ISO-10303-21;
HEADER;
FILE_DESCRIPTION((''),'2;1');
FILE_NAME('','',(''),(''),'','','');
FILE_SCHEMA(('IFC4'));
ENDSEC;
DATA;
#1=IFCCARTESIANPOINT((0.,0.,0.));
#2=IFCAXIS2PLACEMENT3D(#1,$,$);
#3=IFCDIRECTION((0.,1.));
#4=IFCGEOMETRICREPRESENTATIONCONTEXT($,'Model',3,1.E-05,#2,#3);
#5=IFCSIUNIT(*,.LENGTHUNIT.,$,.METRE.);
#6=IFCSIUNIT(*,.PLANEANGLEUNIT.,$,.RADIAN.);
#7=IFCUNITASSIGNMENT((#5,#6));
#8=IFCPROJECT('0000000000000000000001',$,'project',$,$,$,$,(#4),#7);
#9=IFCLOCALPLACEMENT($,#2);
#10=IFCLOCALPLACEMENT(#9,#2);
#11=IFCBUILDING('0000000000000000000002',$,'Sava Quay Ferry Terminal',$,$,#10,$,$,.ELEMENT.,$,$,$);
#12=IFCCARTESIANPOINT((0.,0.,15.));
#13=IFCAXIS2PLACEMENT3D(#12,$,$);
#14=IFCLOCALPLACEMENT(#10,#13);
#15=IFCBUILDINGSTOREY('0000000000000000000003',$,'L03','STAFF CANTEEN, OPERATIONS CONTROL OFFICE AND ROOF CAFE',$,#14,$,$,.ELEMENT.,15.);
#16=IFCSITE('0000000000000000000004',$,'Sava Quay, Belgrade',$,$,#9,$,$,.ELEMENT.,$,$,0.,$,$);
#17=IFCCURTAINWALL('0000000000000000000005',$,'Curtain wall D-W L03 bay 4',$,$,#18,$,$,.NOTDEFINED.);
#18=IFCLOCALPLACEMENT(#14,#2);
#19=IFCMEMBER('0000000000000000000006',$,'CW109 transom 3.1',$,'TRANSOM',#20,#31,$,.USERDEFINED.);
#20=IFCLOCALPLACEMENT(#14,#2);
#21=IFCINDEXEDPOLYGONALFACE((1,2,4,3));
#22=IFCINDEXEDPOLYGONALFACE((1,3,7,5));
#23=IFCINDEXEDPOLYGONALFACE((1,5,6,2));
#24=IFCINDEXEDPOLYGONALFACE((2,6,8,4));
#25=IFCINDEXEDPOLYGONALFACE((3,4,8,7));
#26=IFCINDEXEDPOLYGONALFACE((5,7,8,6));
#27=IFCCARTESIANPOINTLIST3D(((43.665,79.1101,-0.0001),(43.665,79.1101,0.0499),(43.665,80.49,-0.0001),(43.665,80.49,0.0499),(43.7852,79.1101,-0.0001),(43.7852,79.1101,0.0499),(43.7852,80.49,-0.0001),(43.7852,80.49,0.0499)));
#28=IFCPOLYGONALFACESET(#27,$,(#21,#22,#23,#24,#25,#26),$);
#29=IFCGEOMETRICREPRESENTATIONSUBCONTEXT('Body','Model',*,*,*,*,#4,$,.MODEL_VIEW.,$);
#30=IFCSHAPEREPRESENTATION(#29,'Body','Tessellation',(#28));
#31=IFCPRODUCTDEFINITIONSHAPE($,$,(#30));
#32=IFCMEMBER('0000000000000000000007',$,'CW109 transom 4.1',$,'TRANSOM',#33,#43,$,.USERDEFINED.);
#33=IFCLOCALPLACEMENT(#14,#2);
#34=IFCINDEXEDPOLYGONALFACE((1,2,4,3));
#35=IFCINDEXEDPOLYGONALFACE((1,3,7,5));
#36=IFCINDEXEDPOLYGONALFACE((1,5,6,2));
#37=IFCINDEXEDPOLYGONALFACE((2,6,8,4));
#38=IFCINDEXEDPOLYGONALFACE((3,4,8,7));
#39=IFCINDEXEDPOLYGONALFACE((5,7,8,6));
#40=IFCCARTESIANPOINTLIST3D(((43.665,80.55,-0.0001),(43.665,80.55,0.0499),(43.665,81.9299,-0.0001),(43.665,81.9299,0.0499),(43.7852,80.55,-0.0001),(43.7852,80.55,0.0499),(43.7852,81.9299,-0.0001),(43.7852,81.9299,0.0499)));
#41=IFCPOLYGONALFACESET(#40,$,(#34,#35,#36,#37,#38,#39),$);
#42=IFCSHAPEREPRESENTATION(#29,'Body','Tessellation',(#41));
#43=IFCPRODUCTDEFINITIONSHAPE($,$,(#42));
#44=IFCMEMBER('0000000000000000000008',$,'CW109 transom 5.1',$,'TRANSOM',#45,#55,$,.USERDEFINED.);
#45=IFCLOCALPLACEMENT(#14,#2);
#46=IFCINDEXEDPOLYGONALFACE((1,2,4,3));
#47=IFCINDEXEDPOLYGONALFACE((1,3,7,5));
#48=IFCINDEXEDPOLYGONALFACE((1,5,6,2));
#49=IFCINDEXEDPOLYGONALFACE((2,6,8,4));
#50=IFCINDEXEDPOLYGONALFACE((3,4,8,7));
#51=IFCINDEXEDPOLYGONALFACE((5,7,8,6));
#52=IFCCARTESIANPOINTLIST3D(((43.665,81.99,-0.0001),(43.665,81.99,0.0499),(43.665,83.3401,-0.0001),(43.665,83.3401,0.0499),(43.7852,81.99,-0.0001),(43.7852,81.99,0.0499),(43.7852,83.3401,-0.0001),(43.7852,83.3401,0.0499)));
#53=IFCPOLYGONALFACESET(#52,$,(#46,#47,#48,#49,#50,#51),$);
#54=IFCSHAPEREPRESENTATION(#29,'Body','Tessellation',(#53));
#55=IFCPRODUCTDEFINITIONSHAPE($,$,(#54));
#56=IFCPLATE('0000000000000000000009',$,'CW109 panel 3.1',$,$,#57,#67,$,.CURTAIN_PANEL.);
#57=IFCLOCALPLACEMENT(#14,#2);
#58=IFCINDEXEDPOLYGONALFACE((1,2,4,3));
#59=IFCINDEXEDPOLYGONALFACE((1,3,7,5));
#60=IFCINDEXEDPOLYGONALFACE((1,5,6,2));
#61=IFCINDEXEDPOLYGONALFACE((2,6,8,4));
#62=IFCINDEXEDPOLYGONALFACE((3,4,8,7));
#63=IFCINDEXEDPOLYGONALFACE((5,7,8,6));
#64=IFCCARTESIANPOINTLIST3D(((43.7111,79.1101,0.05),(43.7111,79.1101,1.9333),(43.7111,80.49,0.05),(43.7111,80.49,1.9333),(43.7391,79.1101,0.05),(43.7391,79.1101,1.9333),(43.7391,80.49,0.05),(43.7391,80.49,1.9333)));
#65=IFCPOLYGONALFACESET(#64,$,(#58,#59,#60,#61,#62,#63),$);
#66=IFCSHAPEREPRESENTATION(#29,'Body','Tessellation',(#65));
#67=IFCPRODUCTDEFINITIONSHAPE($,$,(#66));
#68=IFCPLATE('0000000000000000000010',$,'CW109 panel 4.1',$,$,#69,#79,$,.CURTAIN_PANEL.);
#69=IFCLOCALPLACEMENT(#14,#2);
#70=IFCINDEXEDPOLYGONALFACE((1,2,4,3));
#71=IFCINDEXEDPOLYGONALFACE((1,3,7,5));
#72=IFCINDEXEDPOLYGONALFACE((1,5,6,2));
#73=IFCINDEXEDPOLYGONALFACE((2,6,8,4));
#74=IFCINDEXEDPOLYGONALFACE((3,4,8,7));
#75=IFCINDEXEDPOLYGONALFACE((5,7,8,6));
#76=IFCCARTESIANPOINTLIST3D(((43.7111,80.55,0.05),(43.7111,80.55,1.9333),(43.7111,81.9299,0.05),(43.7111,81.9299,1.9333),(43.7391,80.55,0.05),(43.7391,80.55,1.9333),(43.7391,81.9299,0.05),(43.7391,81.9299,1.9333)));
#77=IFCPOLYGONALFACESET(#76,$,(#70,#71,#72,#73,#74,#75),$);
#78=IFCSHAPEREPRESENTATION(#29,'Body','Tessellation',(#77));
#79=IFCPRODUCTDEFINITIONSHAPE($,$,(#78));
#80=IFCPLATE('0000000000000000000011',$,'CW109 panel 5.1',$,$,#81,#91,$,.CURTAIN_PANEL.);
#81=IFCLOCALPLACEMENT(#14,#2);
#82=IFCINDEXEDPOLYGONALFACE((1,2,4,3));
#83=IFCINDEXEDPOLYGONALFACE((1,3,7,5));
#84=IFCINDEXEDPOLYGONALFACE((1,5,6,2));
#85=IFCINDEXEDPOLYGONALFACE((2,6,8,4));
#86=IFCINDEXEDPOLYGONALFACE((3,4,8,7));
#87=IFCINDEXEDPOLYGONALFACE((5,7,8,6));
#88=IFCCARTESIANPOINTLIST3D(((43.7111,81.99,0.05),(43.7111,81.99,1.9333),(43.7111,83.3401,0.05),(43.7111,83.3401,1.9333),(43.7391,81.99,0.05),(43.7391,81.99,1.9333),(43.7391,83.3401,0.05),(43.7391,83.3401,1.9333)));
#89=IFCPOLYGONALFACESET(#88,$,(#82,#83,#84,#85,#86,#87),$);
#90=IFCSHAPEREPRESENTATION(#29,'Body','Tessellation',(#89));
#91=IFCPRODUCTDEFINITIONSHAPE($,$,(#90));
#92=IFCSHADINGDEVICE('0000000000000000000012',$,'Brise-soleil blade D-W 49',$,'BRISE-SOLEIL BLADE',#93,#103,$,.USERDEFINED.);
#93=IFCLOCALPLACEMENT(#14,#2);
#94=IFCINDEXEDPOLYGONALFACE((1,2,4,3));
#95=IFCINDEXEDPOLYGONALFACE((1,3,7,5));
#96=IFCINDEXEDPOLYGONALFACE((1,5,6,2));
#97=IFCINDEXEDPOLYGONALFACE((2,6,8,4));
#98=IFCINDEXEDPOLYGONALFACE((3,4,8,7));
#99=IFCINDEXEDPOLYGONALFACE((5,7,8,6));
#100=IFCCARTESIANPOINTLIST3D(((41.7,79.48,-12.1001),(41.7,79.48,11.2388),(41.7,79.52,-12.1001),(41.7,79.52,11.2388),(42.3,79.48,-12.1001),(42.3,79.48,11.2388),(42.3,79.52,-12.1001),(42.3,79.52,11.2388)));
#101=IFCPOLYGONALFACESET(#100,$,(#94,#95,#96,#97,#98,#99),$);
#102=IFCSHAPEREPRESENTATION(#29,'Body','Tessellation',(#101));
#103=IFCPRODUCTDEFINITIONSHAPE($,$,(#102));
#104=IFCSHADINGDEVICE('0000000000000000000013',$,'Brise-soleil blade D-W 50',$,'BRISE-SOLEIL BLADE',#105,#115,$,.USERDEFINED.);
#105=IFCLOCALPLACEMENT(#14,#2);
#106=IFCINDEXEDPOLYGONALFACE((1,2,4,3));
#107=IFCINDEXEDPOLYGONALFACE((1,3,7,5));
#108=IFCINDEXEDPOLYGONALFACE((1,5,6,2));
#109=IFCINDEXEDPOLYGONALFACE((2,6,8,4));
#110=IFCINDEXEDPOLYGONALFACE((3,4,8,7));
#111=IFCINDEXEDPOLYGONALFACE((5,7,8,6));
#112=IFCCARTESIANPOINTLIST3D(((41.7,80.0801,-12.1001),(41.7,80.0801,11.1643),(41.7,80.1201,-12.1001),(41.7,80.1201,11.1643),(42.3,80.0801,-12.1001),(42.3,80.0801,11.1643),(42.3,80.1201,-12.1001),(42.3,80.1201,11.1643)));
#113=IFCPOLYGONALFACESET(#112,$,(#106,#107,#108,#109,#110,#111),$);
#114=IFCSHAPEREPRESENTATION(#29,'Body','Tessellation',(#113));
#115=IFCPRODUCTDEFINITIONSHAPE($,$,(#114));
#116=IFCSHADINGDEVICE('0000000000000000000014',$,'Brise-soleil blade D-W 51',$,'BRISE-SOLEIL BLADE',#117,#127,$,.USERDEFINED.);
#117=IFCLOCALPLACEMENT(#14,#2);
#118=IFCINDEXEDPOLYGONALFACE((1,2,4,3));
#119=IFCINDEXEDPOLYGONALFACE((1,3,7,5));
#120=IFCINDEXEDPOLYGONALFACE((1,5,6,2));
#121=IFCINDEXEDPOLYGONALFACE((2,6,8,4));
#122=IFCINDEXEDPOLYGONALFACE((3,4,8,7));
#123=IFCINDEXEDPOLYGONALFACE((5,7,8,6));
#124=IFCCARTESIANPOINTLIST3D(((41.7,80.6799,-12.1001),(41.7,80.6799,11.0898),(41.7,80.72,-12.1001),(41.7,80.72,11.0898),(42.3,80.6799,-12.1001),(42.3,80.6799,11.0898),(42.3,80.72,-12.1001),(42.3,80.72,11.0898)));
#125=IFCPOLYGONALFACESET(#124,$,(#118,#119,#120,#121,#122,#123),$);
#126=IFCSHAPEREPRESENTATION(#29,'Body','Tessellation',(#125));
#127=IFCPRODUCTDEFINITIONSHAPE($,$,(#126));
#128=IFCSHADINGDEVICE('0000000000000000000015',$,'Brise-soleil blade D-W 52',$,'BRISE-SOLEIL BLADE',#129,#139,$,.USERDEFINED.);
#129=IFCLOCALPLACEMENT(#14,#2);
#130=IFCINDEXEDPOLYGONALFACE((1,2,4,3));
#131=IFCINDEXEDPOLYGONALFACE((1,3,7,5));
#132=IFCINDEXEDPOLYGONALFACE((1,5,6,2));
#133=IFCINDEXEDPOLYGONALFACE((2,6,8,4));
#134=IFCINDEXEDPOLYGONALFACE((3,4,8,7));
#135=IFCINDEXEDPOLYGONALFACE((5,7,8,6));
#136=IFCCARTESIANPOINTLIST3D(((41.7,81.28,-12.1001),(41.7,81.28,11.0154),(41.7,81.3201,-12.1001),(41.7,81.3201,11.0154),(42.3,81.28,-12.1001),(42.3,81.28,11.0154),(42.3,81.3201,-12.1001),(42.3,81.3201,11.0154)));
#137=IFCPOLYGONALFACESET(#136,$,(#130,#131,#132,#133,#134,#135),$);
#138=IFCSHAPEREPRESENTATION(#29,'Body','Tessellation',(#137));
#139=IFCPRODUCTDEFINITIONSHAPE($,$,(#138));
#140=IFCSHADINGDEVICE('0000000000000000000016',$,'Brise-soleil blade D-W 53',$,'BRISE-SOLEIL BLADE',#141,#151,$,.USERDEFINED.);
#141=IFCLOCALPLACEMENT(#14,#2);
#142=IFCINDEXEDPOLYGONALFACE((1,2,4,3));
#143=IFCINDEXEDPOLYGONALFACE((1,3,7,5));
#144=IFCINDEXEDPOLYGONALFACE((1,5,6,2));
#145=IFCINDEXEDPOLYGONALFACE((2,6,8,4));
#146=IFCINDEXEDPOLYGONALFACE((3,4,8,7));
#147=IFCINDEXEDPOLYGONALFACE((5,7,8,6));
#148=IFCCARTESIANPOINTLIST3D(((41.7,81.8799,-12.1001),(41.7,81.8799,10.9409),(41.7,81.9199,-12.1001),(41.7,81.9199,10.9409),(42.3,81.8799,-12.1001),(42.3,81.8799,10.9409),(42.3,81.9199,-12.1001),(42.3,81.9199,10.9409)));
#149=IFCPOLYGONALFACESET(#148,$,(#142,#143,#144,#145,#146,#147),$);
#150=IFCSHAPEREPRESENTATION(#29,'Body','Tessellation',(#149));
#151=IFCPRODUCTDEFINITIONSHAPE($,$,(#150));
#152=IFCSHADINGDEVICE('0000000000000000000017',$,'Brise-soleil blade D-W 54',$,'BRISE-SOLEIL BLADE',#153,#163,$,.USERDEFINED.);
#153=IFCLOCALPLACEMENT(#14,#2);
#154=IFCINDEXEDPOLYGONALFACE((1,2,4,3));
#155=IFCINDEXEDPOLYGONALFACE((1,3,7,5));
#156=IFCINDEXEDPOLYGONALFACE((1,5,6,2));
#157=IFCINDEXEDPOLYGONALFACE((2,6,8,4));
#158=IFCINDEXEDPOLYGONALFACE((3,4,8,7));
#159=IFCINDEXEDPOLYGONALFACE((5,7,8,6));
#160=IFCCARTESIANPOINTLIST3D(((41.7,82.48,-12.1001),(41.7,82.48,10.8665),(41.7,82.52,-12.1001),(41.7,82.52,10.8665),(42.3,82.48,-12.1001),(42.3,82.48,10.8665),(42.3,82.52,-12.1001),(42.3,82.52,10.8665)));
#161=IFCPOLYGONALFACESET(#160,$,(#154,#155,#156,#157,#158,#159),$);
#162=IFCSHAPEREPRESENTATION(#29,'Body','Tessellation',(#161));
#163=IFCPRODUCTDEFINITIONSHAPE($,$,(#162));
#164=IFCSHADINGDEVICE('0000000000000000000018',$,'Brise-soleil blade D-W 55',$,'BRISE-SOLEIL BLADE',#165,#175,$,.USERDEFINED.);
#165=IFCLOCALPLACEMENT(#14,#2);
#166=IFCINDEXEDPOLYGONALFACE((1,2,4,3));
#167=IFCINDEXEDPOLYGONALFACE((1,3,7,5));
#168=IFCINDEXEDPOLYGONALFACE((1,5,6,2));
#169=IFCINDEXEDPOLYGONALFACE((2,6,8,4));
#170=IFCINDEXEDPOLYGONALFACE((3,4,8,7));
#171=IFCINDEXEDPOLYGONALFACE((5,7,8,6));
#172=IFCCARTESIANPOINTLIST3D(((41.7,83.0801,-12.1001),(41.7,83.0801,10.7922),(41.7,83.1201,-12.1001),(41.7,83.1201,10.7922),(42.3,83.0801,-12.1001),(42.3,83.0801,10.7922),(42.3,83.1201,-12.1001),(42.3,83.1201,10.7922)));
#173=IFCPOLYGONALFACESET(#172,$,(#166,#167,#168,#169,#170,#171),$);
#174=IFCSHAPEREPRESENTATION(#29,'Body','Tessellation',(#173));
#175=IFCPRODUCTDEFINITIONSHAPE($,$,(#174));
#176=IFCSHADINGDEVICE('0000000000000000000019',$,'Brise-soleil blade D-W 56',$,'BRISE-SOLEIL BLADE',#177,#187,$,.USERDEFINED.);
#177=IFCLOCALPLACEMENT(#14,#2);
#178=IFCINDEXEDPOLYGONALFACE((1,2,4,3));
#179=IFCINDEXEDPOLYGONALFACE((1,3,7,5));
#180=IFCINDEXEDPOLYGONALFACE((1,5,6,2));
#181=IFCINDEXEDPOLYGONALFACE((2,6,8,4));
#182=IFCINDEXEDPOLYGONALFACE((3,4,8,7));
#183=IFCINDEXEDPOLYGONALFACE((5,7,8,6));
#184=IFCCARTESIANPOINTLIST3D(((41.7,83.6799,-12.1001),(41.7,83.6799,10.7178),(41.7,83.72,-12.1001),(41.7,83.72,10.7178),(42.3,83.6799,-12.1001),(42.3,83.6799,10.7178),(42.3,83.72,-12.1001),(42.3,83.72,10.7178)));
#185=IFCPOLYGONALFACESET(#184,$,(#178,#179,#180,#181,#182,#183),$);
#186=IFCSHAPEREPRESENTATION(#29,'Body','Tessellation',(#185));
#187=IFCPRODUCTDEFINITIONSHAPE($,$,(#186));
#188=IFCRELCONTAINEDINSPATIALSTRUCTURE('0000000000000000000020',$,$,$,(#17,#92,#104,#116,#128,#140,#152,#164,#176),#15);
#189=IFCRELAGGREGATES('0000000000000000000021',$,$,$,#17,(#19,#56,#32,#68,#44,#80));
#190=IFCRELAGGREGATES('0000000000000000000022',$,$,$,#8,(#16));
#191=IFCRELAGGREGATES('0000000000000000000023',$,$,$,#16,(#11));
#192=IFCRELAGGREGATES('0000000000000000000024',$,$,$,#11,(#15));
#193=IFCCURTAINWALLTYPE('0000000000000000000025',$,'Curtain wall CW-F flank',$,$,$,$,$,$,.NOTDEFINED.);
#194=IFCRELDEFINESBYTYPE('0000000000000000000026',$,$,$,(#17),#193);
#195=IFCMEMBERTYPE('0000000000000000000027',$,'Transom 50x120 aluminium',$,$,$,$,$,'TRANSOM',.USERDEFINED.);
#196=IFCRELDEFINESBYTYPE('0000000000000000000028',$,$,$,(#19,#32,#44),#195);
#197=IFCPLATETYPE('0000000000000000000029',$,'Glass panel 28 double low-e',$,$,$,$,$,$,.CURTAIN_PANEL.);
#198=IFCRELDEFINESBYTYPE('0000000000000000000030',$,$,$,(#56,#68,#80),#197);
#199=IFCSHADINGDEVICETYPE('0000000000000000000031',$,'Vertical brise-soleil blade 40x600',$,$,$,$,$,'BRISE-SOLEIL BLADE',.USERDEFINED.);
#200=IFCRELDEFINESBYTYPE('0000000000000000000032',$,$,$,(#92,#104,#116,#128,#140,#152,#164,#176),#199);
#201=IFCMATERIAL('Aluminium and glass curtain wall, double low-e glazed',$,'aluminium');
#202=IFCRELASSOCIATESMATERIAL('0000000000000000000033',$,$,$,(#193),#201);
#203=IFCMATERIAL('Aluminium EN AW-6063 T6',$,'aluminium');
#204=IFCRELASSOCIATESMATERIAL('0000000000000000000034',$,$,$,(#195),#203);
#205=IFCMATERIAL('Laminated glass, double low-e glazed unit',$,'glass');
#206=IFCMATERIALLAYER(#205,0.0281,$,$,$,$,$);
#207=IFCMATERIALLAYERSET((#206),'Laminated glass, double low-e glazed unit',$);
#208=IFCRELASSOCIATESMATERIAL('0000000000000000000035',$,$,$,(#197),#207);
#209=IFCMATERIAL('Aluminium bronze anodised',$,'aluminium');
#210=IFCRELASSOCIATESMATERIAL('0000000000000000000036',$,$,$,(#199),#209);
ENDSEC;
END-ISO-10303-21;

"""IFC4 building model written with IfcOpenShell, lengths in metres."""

from ifc_helpers import new_model, si_unit, direction, frame, origin, origin_2d, place, context, subcontext, project, spatial, rectangle, extrude, material, layer, layer_set, material_profile, profile_set, type_object, element, aggregate, save


model = new_model("IFC4")

# Units and contexts
model_context = context("Model", 3, precision=1e-05, world=origin(), true_north=direction((0.0, 1.0)))
body_context = subcontext(model_context, "Body", "Model", "MODEL_VIEW")
ifc_project = project(units=[si_unit("LENGTHUNIT", "METRE"), si_unit("PLANEANGLEUNIT", "RADIAN")], contexts=[model_context])

# Site, building, storey
site_placement = place(None, origin())
site = spatial("IfcSite", under=ifc_project, at=site_placement, Name="Sava Quay, Belgrade", CompositionType="ELEMENT", RefElevation=0.0)
building_placement = place(site_placement, origin())
building = spatial("IfcBuilding", under=site, at=building_placement, Name="Sava Quay Ferry Terminal", CompositionType="ELEMENT")
storey_placement = place(building_placement, frame((0.0, 0.0, 15.0)))
storey = spatial("IfcBuildingStorey", under=building, at=storey_placement, Name="L03", Description="STAFF CANTEEN, OPERATIONS CONTROL OFFICE AND ROOF CAFE", CompositionType="ELEMENT", Elevation=15.0)

# Curtain wall, members, plates
ifc_material_1 = material(Name="Aluminium and glass curtain wall, double low-e glazed", Category="aluminium")
curtain_wall_type = type_object("IfcCurtainWallType", Name="Curtain wall CW-F flank", PredefinedType="NOTDEFINED", material=ifc_material_1)
curtain_wall_placement = place(storey_placement, origin())
curtain_wall = element("IfcCurtainWall", 1, at=curtain_wall_placement, inside=storey, type_object=curtain_wall_type, Name="Curtain wall D-W L03 bay 4", PredefinedType="NOTDEFINED")
ifc_material_2 = material(Name="Aluminium EN AW-6063 T6", Category="aluminium")
ifc_material_profile_1 = material_profile(ifc_material_2, rectangle(XDim=0.1201, YDim=0.05, at=origin_2d()), Name="Transom 50x120 aluminium")
ifc_profile_set_1 = profile_set([ifc_material_profile_1], Name="Aluminium EN AW-6063 T6")
member_type_1 = type_object("IfcMemberType", Name="Transom 50x120 aluminium", ElementType="TRANSOM", PredefinedType="USERDEFINED", material=ifc_profile_set_1)
member_1_placement = place(storey_placement, frame((43.7251, 79.1101, 0.0249), z_axis=(0.0, 1.0, 0.0), x_axis=(-1.0, 0.0, 0.0)))
member_1 = element("IfcMember", 2, at=member_1_placement, type_object=member_type_1, Name="CW109 transom 3.1", ObjectType="TRANSOM", PredefinedType="USERDEFINED", context=body_context, shape_type="SweptSolid", body=[
    extrude(rectangle(XDim=0.1201, YDim=0.05, at=origin_2d()), origin(), (0.0, 0.0, 1.0), 1.3799),
])
member_2_placement = place(storey_placement, frame((43.7251, 80.55, 0.0249), z_axis=(0.0, 1.0, 0.0), x_axis=(-1.0, 0.0, 0.0)))
member_2 = element("IfcMember", 3, at=member_2_placement, type_object=member_type_1, Name="CW109 transom 4.1", ObjectType="TRANSOM", PredefinedType="USERDEFINED", context=body_context, shape_type="SweptSolid", body=[
    extrude(rectangle(XDim=0.1201, YDim=0.05, at=origin_2d()), origin(), (0.0, 0.0, 1.0), 1.3799),
])
member_3_placement = place(storey_placement, frame((43.7251, 81.99, 0.0249), z_axis=(0.0, 1.0, 0.0), x_axis=(-1.0, 0.0, 0.0)))
member_3 = element("IfcMember", 4, at=member_3_placement, type_object=member_type_1, Name="CW109 transom 5.1", ObjectType="TRANSOM", PredefinedType="USERDEFINED", context=body_context, shape_type="SweptSolid", body=[
    extrude(rectangle(XDim=0.1201, YDim=0.05, at=origin_2d()), origin(), (0.0, 0.0, 1.0), 1.3501),
])
ifc_material_3 = material(Name="Laminated glass, double low-e glazed unit", Category="glass")
ifc_layer = layer(ifc_material_3, 0.0281)
ifc_layer_set = layer_set([ifc_layer], Name="Laminated glass, double low-e glazed unit")
plate_type = type_object("IfcPlateType", Name="Glass panel 28 double low-e", PredefinedType="CURTAIN_PANEL", material=ifc_layer_set)
plate_1_placement = place(storey_placement, frame((43.7251, 79.8, 0.05), z_axis=(0.0, 0.0, 1.0), x_axis=(0.0, 1.0, 0.0)))
plate_1 = element("IfcPlate", 5, at=plate_1_placement, type_object=plate_type, Name="CW109 panel 3.1", PredefinedType="CURTAIN_PANEL", context=body_context, shape_type="SweptSolid", body=[
    extrude(rectangle(XDim=1.3799, YDim=0.0281, at=origin_2d()), origin(), (0.0, 0.0, 1.0), 1.8833),
])
plate_2_placement = place(storey_placement, frame((43.7251, 81.24, 0.05), z_axis=(0.0, 0.0, 1.0), x_axis=(0.0, 1.0, 0.0)))
plate_2 = element("IfcPlate", 6, at=plate_2_placement, type_object=plate_type, Name="CW109 panel 4.1", PredefinedType="CURTAIN_PANEL", context=body_context, shape_type="SweptSolid", body=[
    extrude(rectangle(XDim=1.3799, YDim=0.0281, at=origin_2d()), origin(), (0.0, 0.0, 1.0), 1.8833),
])
plate_3_placement = place(storey_placement, frame((43.7251, 82.665, 0.05), z_axis=(0.0, 0.0, 1.0), x_axis=(0.0, 1.0, 0.0)))
plate_3 = element("IfcPlate", 7, at=plate_3_placement, type_object=plate_type, Name="CW109 panel 5.1", PredefinedType="CURTAIN_PANEL", context=body_context, shape_type="SweptSolid", body=[
    extrude(rectangle(XDim=1.3501, YDim=0.0281, at=origin_2d()), origin(), (0.0, 0.0, 1.0), 1.8833),
])
aggregate(curtain_wall, [member_1, plate_1, member_2, plate_2, member_3, plate_3])

# Shading devices
ifc_material_4 = material(Name="Aluminium bronze anodised", Category="aluminium")
ifc_material_profile_2 = material_profile(ifc_material_4, rectangle(XDim=0.04, YDim=0.6001, at=origin_2d()), Name="Vertical brise-soleil blade 40x600")
ifc_profile_set_2 = profile_set([ifc_material_profile_2], Name="Aluminium bronze anodised")
shading_device_type = type_object("IfcShadingDeviceType", Name="Vertical brise-soleil blade 40x600", ElementType="BRISE-SOLEIL BLADE", PredefinedType="USERDEFINED", material=ifc_profile_set_2)
shading_device_1_placement = place(storey_placement, frame((42.0, 79.5, -12.1001), z_axis=(0.0, 0.0, 1.0), x_axis=(0.0, 1.0, 0.0)))
element("IfcShadingDevice", 8, at=shading_device_1_placement, inside=storey, type_object=shading_device_type, Name="Brise-soleil blade D-W 49", ObjectType="BRISE-SOLEIL BLADE", PredefinedType="USERDEFINED", context=body_context, shape_type="SweptSolid", body=[
    extrude(rectangle(XDim=0.04, YDim=0.6001, at=origin_2d()), origin(), (0.0, 0.0, 1.0), 23.3389),
])
shading_device_2_placement = place(storey_placement, frame((42.0, 80.1001, -12.1001), z_axis=(0.0, 0.0, 1.0), x_axis=(0.0, 1.0, 0.0)))
element("IfcShadingDevice", 9, at=shading_device_2_placement, inside=storey, type_object=shading_device_type, Name="Brise-soleil blade D-W 50", ObjectType="BRISE-SOLEIL BLADE", PredefinedType="USERDEFINED", context=body_context, shape_type="SweptSolid", body=[
    extrude(rectangle(XDim=0.04, YDim=0.6001, at=origin_2d()), origin(), (0.0, 0.0, 1.0), 23.2644),
])
shading_device_3_placement = place(storey_placement, frame((42.0, 80.7, -12.1001), z_axis=(0.0, 0.0, 1.0), x_axis=(0.0, 1.0, 0.0)))
element("IfcShadingDevice", 10, at=shading_device_3_placement, inside=storey, type_object=shading_device_type, Name="Brise-soleil blade D-W 51", ObjectType="BRISE-SOLEIL BLADE", PredefinedType="USERDEFINED", context=body_context, shape_type="SweptSolid", body=[
    extrude(rectangle(XDim=0.04, YDim=0.6001, at=origin_2d()), origin(), (0.0, 0.0, 1.0), 23.1899),
])
shading_device_4_placement = place(storey_placement, frame((42.0, 81.3, -12.1001), z_axis=(0.0, 0.0, 1.0), x_axis=(0.0, 1.0, 0.0)))
element("IfcShadingDevice", 11, at=shading_device_4_placement, inside=storey, type_object=shading_device_type, Name="Brise-soleil blade D-W 52", ObjectType="BRISE-SOLEIL BLADE", PredefinedType="USERDEFINED", context=body_context, shape_type="SweptSolid", body=[
    extrude(rectangle(XDim=0.04, YDim=0.6001, at=origin_2d()), origin(), (0.0, 0.0, 1.0), 23.1155),
])
shading_device_5_placement = place(storey_placement, frame((42.0, 81.8999, -12.1001), z_axis=(0.0, 0.0, 1.0), x_axis=(0.0, 1.0, 0.0)))
element("IfcShadingDevice", 12, at=shading_device_5_placement, inside=storey, type_object=shading_device_type, Name="Brise-soleil blade D-W 53", ObjectType="BRISE-SOLEIL BLADE", PredefinedType="USERDEFINED", context=body_context, shape_type="SweptSolid", body=[
    extrude(rectangle(XDim=0.04, YDim=0.6001, at=origin_2d()), origin(), (0.0, 0.0, 1.0), 23.041),
])
shading_device_6_placement = place(storey_placement, frame((42.0, 82.5, -12.1001), z_axis=(0.0, 0.0, 1.0), x_axis=(0.0, 1.0, 0.0)))
element("IfcShadingDevice", 13, at=shading_device_6_placement, inside=storey, type_object=shading_device_type, Name="Brise-soleil blade D-W 54", ObjectType="BRISE-SOLEIL BLADE", PredefinedType="USERDEFINED", context=body_context, shape_type="SweptSolid", body=[
    extrude(rectangle(XDim=0.04, YDim=0.6001, at=origin_2d()), origin(), (0.0, 0.0, 1.0), 22.9666),
])
shading_device_7_placement = place(storey_placement, frame((42.0, 83.1001, -12.1001), z_axis=(0.0, 0.0, 1.0), x_axis=(0.0, 1.0, 0.0)))
element("IfcShadingDevice", 14, at=shading_device_7_placement, inside=storey, type_object=shading_device_type, Name="Brise-soleil blade D-W 55", ObjectType="BRISE-SOLEIL BLADE", PredefinedType="USERDEFINED", context=body_context, shape_type="SweptSolid", body=[
    extrude(rectangle(XDim=0.04, YDim=0.6001, at=origin_2d()), origin(), (0.0, 0.0, 1.0), 22.8923),
])
shading_device_8_placement = place(storey_placement, frame((42.0, 83.7, -12.1001), z_axis=(0.0, 0.0, 1.0), x_axis=(0.0, 1.0, 0.0)))
element("IfcShadingDevice", 15, at=shading_device_8_placement, inside=storey, type_object=shading_device_type, Name="Brise-soleil blade D-W 56", ObjectType="BRISE-SOLEIL BLADE", PredefinedType="USERDEFINED", context=body_context, shape_type="SweptSolid", body=[
    extrude(rectangle(XDim=0.04, YDim=0.6001, at=origin_2d()), origin(), (0.0, 0.0, 1.0), 22.8179),
])

save(model, "model.ifc")
